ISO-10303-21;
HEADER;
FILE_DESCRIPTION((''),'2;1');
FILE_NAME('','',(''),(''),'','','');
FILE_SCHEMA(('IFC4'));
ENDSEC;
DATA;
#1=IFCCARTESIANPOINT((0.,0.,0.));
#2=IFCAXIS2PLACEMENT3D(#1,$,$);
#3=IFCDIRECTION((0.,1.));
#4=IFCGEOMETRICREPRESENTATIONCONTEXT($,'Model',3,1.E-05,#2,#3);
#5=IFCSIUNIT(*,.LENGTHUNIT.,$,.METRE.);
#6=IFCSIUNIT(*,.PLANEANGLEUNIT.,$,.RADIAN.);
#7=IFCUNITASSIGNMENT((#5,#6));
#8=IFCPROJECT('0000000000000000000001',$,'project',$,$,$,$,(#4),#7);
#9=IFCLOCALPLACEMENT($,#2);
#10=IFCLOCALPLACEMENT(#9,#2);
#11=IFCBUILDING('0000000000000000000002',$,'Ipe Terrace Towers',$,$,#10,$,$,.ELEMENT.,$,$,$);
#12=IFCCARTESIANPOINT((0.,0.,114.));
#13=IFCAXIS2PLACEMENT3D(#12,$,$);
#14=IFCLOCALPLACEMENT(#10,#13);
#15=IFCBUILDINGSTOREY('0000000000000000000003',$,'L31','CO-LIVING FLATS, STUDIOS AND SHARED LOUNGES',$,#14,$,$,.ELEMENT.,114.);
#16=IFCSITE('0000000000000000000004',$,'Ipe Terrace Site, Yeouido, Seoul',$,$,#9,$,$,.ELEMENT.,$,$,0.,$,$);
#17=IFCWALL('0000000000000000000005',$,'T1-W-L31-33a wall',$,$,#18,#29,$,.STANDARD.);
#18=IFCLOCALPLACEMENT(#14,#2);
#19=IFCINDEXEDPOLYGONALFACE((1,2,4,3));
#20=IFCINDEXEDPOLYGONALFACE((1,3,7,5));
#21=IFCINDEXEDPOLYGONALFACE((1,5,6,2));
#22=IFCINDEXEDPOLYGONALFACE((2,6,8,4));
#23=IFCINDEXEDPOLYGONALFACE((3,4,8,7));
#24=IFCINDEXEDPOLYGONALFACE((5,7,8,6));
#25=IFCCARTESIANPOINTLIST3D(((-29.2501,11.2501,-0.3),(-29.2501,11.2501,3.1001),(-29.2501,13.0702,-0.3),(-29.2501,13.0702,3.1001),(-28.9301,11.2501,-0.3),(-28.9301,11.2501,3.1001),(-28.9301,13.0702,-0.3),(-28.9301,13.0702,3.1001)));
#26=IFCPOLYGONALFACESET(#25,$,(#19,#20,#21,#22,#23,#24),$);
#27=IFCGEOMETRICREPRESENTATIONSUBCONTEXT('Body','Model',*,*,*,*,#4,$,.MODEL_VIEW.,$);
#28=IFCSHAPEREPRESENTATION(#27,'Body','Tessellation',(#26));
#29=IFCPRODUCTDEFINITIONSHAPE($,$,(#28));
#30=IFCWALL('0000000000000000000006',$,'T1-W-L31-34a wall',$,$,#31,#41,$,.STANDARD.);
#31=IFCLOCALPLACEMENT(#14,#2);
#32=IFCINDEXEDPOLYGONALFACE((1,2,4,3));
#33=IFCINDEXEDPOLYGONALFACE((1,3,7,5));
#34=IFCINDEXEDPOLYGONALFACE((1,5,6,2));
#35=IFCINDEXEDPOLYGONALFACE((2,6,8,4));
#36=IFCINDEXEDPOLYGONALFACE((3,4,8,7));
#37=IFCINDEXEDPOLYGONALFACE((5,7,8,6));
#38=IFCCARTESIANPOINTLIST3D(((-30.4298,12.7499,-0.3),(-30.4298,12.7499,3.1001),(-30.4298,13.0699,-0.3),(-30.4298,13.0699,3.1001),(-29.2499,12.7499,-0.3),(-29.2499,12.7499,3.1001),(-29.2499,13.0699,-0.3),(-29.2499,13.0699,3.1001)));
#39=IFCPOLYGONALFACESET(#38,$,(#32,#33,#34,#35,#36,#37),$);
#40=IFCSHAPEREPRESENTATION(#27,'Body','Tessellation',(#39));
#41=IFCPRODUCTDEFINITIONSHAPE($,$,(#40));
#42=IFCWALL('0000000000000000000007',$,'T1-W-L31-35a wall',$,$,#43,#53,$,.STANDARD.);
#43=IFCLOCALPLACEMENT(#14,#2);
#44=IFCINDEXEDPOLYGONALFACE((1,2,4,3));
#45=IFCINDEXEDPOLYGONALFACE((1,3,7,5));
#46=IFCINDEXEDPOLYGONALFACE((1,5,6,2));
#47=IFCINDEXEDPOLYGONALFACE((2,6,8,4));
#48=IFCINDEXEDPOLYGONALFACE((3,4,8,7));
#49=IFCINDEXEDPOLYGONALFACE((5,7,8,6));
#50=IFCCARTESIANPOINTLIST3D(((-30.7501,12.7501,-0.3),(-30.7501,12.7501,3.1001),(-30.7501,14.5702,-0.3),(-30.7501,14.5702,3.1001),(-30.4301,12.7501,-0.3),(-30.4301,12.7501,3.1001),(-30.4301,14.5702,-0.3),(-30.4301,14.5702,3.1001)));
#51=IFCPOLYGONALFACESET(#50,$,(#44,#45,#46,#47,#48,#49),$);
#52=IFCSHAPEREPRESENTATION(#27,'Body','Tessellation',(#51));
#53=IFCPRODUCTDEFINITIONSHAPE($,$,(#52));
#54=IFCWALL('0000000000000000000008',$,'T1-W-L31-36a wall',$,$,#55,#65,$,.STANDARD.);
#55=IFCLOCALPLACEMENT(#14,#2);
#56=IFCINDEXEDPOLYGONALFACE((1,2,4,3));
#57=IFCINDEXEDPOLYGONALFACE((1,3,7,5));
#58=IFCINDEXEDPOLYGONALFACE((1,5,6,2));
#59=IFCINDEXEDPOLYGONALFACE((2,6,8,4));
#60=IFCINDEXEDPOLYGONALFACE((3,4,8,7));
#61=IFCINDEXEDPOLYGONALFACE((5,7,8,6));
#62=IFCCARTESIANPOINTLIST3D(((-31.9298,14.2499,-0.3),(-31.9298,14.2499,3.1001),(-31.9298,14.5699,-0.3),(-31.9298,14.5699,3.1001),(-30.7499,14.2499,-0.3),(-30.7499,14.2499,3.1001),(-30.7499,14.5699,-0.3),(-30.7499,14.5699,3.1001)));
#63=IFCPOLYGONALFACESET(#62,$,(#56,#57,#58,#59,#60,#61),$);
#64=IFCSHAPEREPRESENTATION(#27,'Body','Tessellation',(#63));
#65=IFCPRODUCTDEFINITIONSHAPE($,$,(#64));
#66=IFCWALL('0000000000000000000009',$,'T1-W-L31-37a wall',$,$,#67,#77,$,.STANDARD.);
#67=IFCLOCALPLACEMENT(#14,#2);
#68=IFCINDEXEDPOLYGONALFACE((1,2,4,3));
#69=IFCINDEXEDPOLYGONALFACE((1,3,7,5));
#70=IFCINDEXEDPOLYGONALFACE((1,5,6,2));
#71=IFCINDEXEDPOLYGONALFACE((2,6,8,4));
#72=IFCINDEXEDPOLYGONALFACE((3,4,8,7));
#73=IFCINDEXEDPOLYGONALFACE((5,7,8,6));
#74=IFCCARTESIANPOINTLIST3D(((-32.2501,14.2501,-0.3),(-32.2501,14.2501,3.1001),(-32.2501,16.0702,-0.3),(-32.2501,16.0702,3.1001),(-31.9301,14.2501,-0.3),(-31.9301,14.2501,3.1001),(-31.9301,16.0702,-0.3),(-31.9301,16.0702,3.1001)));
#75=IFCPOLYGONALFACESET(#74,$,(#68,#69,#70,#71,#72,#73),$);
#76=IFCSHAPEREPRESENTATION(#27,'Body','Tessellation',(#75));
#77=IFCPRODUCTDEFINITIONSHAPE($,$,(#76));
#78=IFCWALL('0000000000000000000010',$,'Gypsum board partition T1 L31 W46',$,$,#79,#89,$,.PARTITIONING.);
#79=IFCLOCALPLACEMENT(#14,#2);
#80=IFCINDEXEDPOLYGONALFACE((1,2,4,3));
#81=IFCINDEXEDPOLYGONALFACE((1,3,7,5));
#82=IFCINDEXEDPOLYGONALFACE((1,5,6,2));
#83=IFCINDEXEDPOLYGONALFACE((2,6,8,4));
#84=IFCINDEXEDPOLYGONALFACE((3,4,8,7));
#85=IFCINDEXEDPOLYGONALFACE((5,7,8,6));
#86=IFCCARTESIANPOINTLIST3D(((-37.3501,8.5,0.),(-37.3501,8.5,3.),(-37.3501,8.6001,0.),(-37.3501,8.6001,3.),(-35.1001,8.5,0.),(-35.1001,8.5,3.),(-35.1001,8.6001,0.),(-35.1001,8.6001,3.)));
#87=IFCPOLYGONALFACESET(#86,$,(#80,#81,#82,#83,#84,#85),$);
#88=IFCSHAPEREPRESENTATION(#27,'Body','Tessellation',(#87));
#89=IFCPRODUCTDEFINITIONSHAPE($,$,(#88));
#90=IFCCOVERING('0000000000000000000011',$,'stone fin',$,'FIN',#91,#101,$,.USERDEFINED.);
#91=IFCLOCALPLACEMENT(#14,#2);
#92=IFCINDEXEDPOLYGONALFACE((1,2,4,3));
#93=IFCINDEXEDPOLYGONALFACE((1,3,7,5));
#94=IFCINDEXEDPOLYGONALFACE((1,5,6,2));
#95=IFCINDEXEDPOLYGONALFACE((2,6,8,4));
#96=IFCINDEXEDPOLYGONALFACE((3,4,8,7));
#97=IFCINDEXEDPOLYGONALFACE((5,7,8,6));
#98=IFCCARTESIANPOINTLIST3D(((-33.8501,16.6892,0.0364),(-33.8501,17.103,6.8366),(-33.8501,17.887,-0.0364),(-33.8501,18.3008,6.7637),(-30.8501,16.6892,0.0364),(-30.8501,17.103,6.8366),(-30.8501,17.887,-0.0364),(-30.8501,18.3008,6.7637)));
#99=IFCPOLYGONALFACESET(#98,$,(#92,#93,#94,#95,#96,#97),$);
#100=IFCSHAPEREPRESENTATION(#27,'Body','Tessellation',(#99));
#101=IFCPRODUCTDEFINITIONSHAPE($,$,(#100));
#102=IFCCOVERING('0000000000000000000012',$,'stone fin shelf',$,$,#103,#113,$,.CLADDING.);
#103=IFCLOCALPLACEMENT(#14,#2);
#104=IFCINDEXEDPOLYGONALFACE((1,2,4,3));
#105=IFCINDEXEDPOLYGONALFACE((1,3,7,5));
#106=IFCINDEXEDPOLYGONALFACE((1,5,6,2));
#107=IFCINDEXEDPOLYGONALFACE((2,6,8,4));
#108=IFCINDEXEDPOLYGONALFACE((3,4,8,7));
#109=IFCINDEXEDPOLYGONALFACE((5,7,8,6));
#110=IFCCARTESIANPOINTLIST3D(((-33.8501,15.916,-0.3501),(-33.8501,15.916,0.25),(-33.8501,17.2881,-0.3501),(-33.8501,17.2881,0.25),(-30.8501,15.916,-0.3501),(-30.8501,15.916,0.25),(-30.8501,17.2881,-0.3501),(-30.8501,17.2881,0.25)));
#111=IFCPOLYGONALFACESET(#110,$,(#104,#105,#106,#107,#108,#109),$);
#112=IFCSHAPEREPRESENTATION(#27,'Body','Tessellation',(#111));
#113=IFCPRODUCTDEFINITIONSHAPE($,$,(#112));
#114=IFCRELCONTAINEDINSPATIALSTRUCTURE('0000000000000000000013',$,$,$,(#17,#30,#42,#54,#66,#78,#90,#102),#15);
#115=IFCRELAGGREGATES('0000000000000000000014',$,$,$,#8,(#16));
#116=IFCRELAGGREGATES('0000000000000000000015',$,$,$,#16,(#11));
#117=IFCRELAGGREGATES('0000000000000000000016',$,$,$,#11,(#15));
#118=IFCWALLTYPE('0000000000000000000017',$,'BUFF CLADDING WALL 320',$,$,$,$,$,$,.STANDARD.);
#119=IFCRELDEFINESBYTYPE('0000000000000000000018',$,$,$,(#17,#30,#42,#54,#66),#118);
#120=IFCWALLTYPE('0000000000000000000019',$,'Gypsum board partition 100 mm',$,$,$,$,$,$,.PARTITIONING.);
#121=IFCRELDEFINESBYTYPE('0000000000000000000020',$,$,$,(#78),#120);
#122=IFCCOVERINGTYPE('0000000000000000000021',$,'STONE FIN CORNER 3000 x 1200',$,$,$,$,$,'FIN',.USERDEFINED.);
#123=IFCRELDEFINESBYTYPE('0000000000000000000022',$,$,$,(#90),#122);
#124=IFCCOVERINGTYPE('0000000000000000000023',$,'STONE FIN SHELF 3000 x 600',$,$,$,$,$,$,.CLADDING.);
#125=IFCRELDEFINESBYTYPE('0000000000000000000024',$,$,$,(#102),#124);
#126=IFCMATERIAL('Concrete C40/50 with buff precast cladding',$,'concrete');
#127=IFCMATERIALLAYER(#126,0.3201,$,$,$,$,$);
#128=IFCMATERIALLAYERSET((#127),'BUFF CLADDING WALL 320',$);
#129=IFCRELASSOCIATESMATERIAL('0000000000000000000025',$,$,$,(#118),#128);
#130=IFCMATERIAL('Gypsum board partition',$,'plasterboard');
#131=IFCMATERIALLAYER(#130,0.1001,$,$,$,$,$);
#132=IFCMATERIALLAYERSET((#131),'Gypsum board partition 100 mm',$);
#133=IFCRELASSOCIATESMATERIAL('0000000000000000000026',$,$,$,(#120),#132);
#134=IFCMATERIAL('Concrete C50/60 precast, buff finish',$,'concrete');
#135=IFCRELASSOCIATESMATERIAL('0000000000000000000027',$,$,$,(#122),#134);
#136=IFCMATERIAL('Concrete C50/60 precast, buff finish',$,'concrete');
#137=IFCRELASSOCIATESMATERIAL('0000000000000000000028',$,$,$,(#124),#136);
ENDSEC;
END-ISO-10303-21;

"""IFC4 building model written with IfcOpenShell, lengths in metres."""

from ifc_helpers import new_model, si_unit, direction, frame, frame_2d, origin, origin_2d, place, context, subcontext, project, spatial, rectangle, extrude, material, layer, layer_set, material_profile, profile_set, type_object, element, save


model = new_model("IFC4")

# Units and contexts
model_context = context("Model", 3, precision=1e-05, world=origin(), true_north=direction((0.0, 1.0)))
body_context = subcontext(model_context, "Body", "Model", "MODEL_VIEW")
ifc_project = project(units=[si_unit("LENGTHUNIT", "METRE"), si_unit("PLANEANGLEUNIT", "RADIAN")], contexts=[model_context])

# Site, building, storey
site_placement = place(None, origin())
site = spatial("IfcSite", under=ifc_project, at=site_placement, Name="Ipe Terrace Site, Yeouido, Seoul", CompositionType="ELEMENT", RefElevation=0.0)
building_placement = place(site_placement, origin())
building = spatial("IfcBuilding", under=site, at=building_placement, Name="Ipe Terrace Towers", CompositionType="ELEMENT")
storey_placement = place(building_placement, frame((0.0, 0.0, 114.0)))
storey = spatial("IfcBuildingStorey", under=building, at=storey_placement, Name="L31", Description="CO-LIVING FLATS, STUDIOS AND SHARED LOUNGES", CompositionType="ELEMENT", Elevation=114.0)

# Walls
ifc_material_1 = material(Name="Concrete C40/50 with buff precast cladding", Category="concrete")
ifc_layer_1 = layer(ifc_material_1, 0.3201)
ifc_layer_set_1 = layer_set([ifc_layer_1], Name="BUFF CLADDING WALL 320")
wall_type_1 = type_object("IfcWallType", Name="BUFF CLADDING WALL 320", PredefinedType="STANDARD", material=ifc_layer_set_1)
wall_1_placement = place(storey_placement, frame((-29.0901, 11.25, -0.3), z_axis=(0.0, 0.0, 1.0), x_axis=(0.0, 1.0, 0.0)))
element("IfcWall", 1, at=wall_1_placement, inside=storey, type_object=wall_type_1, Name="T1-W-L31-33a wall", PredefinedType="STANDARD", context=body_context, shape_type="SweptSolid", body=[
    extrude(rectangle(XDim=1.8201, YDim=0.3201, at=frame_2d((0.9102, 0.0))), origin(), (0.0, 0.0, 1.0), 3.4001),
])
wall_2_placement = place(storey_placement, frame((-29.25, 12.9099, -0.3), z_axis=(0.0, 0.0, 1.0), x_axis=(-1.0, 0.0, 0.0)))
element("IfcWall", 2, at=wall_2_placement, inside=storey, type_object=wall_type_1, Name="T1-W-L31-34a wall", PredefinedType="STANDARD", context=body_context, shape_type="SweptSolid", body=[
    extrude(rectangle(XDim=1.1799, YDim=0.3201, at=frame_2d((0.5898, 0.0))), origin(), (0.0, 0.0, 1.0), 3.4001),
])
wall_3_placement = place(storey_placement, frame((-30.5901, 12.75, -0.3), z_axis=(0.0, 0.0, 1.0), x_axis=(0.0, 1.0, 0.0)))
element("IfcWall", 3, at=wall_3_placement, inside=storey, type_object=wall_type_1, Name="T1-W-L31-35a wall", PredefinedType="STANDARD", context=body_context, shape_type="SweptSolid", body=[
    extrude(rectangle(XDim=1.8201, YDim=0.3201, at=frame_2d((0.9102, 0.0))), origin(), (0.0, 0.0, 1.0), 3.4001),
])
wall_4_placement = place(storey_placement, frame((-30.75, 14.4099, -0.3), z_axis=(0.0, 0.0, 1.0), x_axis=(-1.0, 0.0, 0.0)))
element("IfcWall", 4, at=wall_4_placement, inside=storey, type_object=wall_type_1, Name="T1-W-L31-36a wall", PredefinedType="STANDARD", context=body_context, shape_type="SweptSolid", body=[
    extrude(rectangle(XDim=1.1799, YDim=0.3201, at=frame_2d((0.5898, 0.0))), origin(), (0.0, 0.0, 1.0), 3.4001),
])
wall_5_placement = place(storey_placement, frame((-32.0901, 14.25, -0.3), z_axis=(0.0, 0.0, 1.0), x_axis=(0.0, 1.0, 0.0)))
element("IfcWall", 5, at=wall_5_placement, inside=storey, type_object=wall_type_1, Name="T1-W-L31-37a wall", PredefinedType="STANDARD", context=body_context, shape_type="SweptSolid", body=[
    extrude(rectangle(XDim=1.8201, YDim=0.3201, at=frame_2d((0.9102, 0.0))), origin(), (0.0, 0.0, 1.0), 3.4001),
])
ifc_material_2 = material(Name="Gypsum board partition", Category="plasterboard")
ifc_layer_2 = layer(ifc_material_2, 0.1001)
ifc_layer_set_2 = layer_set([ifc_layer_2], Name="Gypsum board partition 100 mm")
wall_type_2 = type_object("IfcWallType", Name="Gypsum board partition 100 mm", PredefinedType="PARTITIONING", material=ifc_layer_set_2)
wall_6_placement = place(storey_placement, frame((-37.3501, 8.55, 0.0), z_axis=(0.0, 0.0, 1.0), x_axis=(1.0, 0.0, 0.0)))
element("IfcWall", 6, at=wall_6_placement, inside=storey, type_object=wall_type_2, Name="Gypsum board partition T1 L31 W46", PredefinedType="PARTITIONING", context=body_context, shape_type="SweptSolid", body=[
    extrude(rectangle(XDim=2.25, YDim=0.1001, at=frame_2d((1.125, 0.0))), origin(), (0.0, 0.0, 1.0), 3.0),
])

# Coverings
ifc_material_3 = material(Name="Concrete C50/60 precast, buff finish", Category="concrete")
ifc_material_profile_1 = material_profile(ifc_material_3, rectangle(XDim=3.0, YDim=1.2, at=origin_2d()), Name="STONE FIN CORNER 3000 x 1200")
ifc_profile_set_1 = profile_set([ifc_material_profile_1], Name="Concrete C50/60 precast, buff finish")
covering_type_1 = type_object("IfcCoveringType", Name="STONE FIN CORNER 3000 x 1200", ElementType="FIN", PredefinedType="USERDEFINED", material=ifc_profile_set_1)
covering_1_placement = place(storey_placement, frame((-32.3501, 17.2881, 0.0), z_axis=(0.0, 0.060743, 0.998153), x_axis=(-1.0, 0.0, 0.0)))
element("IfcCovering", 7, at=covering_1_placement, inside=storey, type_object=covering_type_1, Name="stone fin", ObjectType="FIN", PredefinedType="USERDEFINED", context=body_context, shape_type="SweptSolid", body=[
    extrude(rectangle(XDim=3.0, YDim=1.2, at=origin_2d()), origin(), (0.0, 0.0, 1.0), 6.8127),
])
ifc_material_4 = material(Name="Concrete C50/60 precast, buff finish", Category="concrete")
covering_type_2 = type_object("IfcCoveringType", Name="STONE FIN SHELF 3000 x 600", PredefinedType="CLADDING", material=ifc_material_4)
covering_2_placement = place(storey_placement, frame((-32.3501, 16.6021, -0.3501), z_axis=(0.0, 0.0, 1.0), x_axis=(-1.0, 0.0, 0.0)))
element("IfcCovering", 8, at=covering_2_placement, inside=storey, type_object=covering_type_2, Name="stone fin shelf", PredefinedType="CLADDING", context=body_context, shape_type="SweptSolid", body=[
    extrude(rectangle(XDim=3.0, YDim=1.3721, at=origin_2d()), origin(), (0.0, 0.0, 1.0), 0.6001),
])

save(model, "model.ifc")
